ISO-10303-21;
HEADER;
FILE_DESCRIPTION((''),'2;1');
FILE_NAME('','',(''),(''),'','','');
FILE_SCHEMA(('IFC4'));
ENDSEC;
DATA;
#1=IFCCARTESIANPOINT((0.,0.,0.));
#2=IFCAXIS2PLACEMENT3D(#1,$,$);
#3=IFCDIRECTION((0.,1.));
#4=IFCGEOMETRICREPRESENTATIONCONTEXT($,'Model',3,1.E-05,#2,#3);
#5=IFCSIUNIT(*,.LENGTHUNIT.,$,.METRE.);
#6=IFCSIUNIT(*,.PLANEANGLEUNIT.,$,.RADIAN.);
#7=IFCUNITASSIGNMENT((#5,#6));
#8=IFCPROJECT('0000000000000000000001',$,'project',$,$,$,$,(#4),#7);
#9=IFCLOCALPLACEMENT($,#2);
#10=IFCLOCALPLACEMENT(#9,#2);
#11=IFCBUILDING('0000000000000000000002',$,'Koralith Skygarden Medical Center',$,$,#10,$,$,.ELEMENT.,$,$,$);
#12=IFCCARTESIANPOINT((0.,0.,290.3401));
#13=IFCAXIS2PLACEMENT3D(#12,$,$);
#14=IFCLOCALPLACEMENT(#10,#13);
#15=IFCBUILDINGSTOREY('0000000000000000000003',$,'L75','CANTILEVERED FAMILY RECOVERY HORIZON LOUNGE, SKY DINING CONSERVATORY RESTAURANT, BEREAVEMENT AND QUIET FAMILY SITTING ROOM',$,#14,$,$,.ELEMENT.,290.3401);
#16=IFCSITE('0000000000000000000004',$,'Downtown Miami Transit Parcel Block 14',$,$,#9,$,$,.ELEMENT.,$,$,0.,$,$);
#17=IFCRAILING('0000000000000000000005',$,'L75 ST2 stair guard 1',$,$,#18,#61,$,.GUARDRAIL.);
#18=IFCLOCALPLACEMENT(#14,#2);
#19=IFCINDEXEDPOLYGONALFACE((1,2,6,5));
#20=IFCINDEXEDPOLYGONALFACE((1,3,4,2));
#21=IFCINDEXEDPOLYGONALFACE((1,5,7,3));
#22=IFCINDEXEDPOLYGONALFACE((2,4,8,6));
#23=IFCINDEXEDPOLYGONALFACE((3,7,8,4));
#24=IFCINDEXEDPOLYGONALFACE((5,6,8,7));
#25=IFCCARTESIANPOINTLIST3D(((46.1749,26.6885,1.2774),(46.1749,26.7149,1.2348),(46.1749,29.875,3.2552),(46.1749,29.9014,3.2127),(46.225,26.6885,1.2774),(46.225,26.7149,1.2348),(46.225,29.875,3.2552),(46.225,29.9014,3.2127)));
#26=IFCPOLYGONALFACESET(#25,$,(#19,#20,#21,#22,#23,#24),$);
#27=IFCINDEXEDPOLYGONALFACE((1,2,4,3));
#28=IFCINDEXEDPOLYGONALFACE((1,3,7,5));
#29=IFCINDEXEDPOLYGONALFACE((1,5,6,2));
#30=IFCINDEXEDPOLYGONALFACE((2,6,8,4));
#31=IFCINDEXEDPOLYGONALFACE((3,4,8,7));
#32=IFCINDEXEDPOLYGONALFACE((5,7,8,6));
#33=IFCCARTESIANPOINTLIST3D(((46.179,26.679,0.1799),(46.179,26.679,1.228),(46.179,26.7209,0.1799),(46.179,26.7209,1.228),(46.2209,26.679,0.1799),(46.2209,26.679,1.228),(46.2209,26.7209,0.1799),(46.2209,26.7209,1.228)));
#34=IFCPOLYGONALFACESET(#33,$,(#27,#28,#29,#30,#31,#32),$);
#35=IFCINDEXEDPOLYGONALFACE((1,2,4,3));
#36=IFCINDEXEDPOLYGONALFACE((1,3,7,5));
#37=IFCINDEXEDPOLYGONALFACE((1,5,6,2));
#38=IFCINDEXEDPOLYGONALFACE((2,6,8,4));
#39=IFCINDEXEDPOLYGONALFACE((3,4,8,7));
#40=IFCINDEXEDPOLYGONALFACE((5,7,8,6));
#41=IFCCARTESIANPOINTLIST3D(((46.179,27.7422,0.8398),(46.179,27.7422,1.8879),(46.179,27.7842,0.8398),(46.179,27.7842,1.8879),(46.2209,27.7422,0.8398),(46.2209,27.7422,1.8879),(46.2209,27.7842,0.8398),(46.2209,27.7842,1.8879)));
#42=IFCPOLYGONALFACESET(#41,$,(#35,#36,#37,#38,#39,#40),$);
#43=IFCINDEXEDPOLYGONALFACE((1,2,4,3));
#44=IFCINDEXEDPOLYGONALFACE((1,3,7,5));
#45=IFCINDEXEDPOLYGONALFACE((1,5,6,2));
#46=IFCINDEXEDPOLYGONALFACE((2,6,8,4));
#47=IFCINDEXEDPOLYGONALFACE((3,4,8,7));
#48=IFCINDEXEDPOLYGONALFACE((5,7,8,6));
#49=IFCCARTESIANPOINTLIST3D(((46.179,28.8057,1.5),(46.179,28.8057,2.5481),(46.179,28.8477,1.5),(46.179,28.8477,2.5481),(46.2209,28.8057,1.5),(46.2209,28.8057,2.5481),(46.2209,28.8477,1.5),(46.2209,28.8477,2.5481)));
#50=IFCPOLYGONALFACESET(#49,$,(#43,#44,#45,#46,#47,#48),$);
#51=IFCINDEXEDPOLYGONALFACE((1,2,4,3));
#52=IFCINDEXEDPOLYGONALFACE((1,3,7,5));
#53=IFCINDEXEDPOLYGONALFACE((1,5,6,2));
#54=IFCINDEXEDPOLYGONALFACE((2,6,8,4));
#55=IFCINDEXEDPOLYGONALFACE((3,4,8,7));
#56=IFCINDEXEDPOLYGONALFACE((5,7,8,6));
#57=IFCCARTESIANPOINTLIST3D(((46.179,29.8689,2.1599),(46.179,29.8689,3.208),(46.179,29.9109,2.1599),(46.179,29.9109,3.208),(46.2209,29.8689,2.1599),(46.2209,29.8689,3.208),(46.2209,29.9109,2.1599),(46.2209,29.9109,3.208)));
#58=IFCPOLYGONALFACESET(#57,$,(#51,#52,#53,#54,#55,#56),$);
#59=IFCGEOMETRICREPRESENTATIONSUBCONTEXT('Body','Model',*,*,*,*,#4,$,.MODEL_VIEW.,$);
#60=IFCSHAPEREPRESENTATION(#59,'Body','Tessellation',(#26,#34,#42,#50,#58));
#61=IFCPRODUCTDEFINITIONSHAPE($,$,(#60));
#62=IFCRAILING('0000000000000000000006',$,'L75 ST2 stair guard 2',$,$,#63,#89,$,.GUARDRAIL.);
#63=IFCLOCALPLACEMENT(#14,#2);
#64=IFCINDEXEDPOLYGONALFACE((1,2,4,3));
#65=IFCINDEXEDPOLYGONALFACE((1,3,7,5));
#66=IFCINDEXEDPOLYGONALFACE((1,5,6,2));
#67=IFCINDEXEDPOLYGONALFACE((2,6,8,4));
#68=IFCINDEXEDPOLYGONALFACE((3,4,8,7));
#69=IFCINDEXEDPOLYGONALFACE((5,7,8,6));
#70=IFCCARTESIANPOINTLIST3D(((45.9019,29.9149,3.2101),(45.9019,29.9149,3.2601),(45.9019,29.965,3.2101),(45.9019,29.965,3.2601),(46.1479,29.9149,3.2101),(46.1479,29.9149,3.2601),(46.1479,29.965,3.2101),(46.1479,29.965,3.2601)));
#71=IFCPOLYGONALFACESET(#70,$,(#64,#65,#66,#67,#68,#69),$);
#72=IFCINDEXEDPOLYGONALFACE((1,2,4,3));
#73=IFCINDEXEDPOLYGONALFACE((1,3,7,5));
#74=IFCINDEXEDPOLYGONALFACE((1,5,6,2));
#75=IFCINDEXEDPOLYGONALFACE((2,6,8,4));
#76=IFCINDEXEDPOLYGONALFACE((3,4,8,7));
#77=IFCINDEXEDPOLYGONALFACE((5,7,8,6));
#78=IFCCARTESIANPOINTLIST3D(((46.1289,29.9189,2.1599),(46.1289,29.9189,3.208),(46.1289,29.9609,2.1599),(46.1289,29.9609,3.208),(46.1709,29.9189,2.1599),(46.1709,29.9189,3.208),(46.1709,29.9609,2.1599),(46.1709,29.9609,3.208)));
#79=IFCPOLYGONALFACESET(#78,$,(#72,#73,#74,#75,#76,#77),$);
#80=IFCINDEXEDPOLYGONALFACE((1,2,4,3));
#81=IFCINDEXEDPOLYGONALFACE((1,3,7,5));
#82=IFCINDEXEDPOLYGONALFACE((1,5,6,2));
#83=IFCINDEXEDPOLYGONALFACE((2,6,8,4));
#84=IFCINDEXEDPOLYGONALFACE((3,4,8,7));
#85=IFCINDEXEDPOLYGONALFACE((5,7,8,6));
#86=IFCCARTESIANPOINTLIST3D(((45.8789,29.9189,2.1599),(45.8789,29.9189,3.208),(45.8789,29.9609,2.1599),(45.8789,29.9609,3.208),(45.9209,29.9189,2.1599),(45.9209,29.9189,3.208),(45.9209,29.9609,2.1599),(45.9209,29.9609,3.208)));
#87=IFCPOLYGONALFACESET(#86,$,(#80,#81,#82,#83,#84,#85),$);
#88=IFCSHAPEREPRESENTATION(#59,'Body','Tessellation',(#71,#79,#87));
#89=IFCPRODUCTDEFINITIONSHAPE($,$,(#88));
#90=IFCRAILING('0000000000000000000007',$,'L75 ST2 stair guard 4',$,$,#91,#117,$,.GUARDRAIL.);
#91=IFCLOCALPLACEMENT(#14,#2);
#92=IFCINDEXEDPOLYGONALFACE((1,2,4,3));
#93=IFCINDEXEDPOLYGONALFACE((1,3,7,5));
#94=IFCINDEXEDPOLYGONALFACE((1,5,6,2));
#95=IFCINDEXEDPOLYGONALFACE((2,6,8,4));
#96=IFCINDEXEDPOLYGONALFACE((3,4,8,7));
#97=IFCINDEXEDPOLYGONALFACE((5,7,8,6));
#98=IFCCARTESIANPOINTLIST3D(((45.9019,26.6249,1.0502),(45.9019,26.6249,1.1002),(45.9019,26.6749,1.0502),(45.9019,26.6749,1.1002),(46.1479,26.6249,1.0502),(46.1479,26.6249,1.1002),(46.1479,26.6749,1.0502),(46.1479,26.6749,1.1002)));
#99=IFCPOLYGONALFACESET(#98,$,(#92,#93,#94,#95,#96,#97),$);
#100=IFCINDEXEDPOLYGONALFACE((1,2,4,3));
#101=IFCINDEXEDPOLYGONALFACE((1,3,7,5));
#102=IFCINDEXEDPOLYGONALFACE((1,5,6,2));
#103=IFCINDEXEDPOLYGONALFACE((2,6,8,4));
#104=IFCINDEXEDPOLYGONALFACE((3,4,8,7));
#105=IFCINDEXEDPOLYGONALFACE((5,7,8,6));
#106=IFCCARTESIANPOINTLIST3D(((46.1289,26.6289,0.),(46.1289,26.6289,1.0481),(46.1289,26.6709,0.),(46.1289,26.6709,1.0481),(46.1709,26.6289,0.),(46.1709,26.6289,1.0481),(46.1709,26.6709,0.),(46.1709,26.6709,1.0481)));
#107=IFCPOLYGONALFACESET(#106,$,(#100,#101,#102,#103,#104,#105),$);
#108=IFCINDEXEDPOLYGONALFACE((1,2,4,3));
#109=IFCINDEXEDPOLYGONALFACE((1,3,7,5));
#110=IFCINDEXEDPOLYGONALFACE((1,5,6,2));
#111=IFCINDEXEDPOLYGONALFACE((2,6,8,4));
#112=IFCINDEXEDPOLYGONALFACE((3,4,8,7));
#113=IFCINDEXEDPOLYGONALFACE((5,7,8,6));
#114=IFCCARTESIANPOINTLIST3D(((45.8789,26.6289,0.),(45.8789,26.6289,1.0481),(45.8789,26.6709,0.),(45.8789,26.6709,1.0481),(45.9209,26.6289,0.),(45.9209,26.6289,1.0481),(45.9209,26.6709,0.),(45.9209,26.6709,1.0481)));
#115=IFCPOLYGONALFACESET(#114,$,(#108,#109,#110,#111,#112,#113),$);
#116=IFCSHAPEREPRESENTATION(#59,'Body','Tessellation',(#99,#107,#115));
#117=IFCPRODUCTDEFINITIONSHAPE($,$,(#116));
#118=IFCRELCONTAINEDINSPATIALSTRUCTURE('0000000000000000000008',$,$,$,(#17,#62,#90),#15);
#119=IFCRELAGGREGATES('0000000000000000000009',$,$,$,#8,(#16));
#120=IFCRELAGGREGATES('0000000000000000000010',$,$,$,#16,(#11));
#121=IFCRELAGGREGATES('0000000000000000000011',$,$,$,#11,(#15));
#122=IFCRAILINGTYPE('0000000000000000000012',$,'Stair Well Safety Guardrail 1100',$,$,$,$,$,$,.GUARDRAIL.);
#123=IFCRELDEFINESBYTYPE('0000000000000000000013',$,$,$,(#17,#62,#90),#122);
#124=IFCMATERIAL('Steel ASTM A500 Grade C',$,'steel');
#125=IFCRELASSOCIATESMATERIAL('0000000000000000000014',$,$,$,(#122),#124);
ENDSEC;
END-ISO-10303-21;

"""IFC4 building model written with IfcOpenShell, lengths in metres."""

from ifc_helpers import new_model, si_unit, direction, frame, origin, origin_2d, place, context, subcontext, project, spatial, rectangle, extrude, material, type_object, element, save


model = new_model("IFC4")

# Units and contexts
model_context = context("Model", 3, precision=1e-05, world=origin(), true_north=direction((0.0, 1.0)))
body_context = subcontext(model_context, "Body", "Model", "MODEL_VIEW")
ifc_project = project(units=[si_unit("LENGTHUNIT", "METRE"), si_unit("PLANEANGLEUNIT", "RADIAN")], contexts=[model_context])

# Site, building, storey
site_placement = place(None, origin())
site = spatial("IfcSite", under=ifc_project, at=site_placement, Name="Downtown Miami Transit Parcel Block 14", CompositionType="ELEMENT", RefElevation=0.0)
building_placement = place(site_placement, origin())
building = spatial("IfcBuilding", under=site, at=building_placement, Name="Koralith Skygarden Medical Center", CompositionType="ELEMENT")
storey_placement = place(building_placement, frame((0.0, 0.0, 290.3401)))
storey = spatial("IfcBuildingStorey", under=building, at=storey_placement, Name="L75", Description="CANTILEVERED FAMILY RECOVERY HORIZON LOUNGE, SKY DINING CONSERVATORY RESTAURANT, BEREAVEMENT AND QUIET FAMILY SITTING ROOM", CompositionType="ELEMENT", Elevation=290.3401)

# Railings
ifc_material_1 = material(Name="Steel ASTM A500 Grade C", Category="steel")
railing_type_1 = type_object("IfcRailingType", Name="Stair Well Safety Guardrail 1100", PredefinedType="GUARDRAIL", material=ifc_material_1)
railing_1_placement = place(storey_placement, frame((46.2, 26.7, 0.1799)))
element("IfcRailing", 1, at=railing_1_placement, inside=storey, type_object=railing_type_1, Name="L75 ST2 stair guard 1", PredefinedType="GUARDRAIL", context=body_context, shape_type="SweptSolid", body=[
    extrude(rectangle(XDim=0.05, YDim=0.05, at=origin_2d()), frame((0.0, 0.0017, 1.0762), z_axis=(0.0, 0.849638, 0.527366), x_axis=(-1.0, 0.0, 0.0)), (0.0, 0.0, 1.0), 3.7505),
    extrude(rectangle(XDim=0.042, YDim=0.042, at=origin_2d()), origin(), (0.0, 0.0, 1.0), 1.0481),
    extrude(rectangle(XDim=0.042, YDim=0.042, at=origin_2d()), frame((0.0, 1.0632, 0.6599)), (0.0, 0.0, 1.0), 1.0481),
    extrude(rectangle(XDim=0.042, YDim=0.042, at=origin_2d()), frame((0.0, 2.1267, 1.3201)), (0.0, 0.0, 1.0), 1.0481),
    extrude(rectangle(XDim=0.042, YDim=0.042, at=origin_2d()), frame((0.0, 3.1899, 1.98)), (0.0, 0.0, 1.0), 1.0481),
])
for number, where, name in (
    (2, (46.1499, 29.9399, 2.1599), "L75 ST2 stair guard 2"),
    (3, (46.1499, 26.6499, 0.0), "L75 ST2 stair guard 4"),
):
    element("IfcRailing", number, at=place(storey_placement, frame(where)), inside=storey, type_object=railing_type_1, Name=name, PredefinedType="GUARDRAIL", context=body_context, shape_type="SweptSolid", body=[
        extrude(rectangle(XDim=0.05, YDim=0.05, at=origin_2d()), frame((-0.002, 0.0, 1.0752), z_axis=(-1.0, 0.0, 0.0), x_axis=(0.0, -1.0, 0.0)), (0.0, 0.0, 1.0), 0.2461),
        extrude(rectangle(XDim=0.042, YDim=0.042, at=origin_2d()), origin(), (0.0, 0.0, 1.0), 1.0481),
        extrude(rectangle(XDim=0.042, YDim=0.042, at=origin_2d()), frame((-0.25, 0.0, 0.0)), (0.0, 0.0, 1.0), 1.0481),
    ])

save(model, "model.ifc")
